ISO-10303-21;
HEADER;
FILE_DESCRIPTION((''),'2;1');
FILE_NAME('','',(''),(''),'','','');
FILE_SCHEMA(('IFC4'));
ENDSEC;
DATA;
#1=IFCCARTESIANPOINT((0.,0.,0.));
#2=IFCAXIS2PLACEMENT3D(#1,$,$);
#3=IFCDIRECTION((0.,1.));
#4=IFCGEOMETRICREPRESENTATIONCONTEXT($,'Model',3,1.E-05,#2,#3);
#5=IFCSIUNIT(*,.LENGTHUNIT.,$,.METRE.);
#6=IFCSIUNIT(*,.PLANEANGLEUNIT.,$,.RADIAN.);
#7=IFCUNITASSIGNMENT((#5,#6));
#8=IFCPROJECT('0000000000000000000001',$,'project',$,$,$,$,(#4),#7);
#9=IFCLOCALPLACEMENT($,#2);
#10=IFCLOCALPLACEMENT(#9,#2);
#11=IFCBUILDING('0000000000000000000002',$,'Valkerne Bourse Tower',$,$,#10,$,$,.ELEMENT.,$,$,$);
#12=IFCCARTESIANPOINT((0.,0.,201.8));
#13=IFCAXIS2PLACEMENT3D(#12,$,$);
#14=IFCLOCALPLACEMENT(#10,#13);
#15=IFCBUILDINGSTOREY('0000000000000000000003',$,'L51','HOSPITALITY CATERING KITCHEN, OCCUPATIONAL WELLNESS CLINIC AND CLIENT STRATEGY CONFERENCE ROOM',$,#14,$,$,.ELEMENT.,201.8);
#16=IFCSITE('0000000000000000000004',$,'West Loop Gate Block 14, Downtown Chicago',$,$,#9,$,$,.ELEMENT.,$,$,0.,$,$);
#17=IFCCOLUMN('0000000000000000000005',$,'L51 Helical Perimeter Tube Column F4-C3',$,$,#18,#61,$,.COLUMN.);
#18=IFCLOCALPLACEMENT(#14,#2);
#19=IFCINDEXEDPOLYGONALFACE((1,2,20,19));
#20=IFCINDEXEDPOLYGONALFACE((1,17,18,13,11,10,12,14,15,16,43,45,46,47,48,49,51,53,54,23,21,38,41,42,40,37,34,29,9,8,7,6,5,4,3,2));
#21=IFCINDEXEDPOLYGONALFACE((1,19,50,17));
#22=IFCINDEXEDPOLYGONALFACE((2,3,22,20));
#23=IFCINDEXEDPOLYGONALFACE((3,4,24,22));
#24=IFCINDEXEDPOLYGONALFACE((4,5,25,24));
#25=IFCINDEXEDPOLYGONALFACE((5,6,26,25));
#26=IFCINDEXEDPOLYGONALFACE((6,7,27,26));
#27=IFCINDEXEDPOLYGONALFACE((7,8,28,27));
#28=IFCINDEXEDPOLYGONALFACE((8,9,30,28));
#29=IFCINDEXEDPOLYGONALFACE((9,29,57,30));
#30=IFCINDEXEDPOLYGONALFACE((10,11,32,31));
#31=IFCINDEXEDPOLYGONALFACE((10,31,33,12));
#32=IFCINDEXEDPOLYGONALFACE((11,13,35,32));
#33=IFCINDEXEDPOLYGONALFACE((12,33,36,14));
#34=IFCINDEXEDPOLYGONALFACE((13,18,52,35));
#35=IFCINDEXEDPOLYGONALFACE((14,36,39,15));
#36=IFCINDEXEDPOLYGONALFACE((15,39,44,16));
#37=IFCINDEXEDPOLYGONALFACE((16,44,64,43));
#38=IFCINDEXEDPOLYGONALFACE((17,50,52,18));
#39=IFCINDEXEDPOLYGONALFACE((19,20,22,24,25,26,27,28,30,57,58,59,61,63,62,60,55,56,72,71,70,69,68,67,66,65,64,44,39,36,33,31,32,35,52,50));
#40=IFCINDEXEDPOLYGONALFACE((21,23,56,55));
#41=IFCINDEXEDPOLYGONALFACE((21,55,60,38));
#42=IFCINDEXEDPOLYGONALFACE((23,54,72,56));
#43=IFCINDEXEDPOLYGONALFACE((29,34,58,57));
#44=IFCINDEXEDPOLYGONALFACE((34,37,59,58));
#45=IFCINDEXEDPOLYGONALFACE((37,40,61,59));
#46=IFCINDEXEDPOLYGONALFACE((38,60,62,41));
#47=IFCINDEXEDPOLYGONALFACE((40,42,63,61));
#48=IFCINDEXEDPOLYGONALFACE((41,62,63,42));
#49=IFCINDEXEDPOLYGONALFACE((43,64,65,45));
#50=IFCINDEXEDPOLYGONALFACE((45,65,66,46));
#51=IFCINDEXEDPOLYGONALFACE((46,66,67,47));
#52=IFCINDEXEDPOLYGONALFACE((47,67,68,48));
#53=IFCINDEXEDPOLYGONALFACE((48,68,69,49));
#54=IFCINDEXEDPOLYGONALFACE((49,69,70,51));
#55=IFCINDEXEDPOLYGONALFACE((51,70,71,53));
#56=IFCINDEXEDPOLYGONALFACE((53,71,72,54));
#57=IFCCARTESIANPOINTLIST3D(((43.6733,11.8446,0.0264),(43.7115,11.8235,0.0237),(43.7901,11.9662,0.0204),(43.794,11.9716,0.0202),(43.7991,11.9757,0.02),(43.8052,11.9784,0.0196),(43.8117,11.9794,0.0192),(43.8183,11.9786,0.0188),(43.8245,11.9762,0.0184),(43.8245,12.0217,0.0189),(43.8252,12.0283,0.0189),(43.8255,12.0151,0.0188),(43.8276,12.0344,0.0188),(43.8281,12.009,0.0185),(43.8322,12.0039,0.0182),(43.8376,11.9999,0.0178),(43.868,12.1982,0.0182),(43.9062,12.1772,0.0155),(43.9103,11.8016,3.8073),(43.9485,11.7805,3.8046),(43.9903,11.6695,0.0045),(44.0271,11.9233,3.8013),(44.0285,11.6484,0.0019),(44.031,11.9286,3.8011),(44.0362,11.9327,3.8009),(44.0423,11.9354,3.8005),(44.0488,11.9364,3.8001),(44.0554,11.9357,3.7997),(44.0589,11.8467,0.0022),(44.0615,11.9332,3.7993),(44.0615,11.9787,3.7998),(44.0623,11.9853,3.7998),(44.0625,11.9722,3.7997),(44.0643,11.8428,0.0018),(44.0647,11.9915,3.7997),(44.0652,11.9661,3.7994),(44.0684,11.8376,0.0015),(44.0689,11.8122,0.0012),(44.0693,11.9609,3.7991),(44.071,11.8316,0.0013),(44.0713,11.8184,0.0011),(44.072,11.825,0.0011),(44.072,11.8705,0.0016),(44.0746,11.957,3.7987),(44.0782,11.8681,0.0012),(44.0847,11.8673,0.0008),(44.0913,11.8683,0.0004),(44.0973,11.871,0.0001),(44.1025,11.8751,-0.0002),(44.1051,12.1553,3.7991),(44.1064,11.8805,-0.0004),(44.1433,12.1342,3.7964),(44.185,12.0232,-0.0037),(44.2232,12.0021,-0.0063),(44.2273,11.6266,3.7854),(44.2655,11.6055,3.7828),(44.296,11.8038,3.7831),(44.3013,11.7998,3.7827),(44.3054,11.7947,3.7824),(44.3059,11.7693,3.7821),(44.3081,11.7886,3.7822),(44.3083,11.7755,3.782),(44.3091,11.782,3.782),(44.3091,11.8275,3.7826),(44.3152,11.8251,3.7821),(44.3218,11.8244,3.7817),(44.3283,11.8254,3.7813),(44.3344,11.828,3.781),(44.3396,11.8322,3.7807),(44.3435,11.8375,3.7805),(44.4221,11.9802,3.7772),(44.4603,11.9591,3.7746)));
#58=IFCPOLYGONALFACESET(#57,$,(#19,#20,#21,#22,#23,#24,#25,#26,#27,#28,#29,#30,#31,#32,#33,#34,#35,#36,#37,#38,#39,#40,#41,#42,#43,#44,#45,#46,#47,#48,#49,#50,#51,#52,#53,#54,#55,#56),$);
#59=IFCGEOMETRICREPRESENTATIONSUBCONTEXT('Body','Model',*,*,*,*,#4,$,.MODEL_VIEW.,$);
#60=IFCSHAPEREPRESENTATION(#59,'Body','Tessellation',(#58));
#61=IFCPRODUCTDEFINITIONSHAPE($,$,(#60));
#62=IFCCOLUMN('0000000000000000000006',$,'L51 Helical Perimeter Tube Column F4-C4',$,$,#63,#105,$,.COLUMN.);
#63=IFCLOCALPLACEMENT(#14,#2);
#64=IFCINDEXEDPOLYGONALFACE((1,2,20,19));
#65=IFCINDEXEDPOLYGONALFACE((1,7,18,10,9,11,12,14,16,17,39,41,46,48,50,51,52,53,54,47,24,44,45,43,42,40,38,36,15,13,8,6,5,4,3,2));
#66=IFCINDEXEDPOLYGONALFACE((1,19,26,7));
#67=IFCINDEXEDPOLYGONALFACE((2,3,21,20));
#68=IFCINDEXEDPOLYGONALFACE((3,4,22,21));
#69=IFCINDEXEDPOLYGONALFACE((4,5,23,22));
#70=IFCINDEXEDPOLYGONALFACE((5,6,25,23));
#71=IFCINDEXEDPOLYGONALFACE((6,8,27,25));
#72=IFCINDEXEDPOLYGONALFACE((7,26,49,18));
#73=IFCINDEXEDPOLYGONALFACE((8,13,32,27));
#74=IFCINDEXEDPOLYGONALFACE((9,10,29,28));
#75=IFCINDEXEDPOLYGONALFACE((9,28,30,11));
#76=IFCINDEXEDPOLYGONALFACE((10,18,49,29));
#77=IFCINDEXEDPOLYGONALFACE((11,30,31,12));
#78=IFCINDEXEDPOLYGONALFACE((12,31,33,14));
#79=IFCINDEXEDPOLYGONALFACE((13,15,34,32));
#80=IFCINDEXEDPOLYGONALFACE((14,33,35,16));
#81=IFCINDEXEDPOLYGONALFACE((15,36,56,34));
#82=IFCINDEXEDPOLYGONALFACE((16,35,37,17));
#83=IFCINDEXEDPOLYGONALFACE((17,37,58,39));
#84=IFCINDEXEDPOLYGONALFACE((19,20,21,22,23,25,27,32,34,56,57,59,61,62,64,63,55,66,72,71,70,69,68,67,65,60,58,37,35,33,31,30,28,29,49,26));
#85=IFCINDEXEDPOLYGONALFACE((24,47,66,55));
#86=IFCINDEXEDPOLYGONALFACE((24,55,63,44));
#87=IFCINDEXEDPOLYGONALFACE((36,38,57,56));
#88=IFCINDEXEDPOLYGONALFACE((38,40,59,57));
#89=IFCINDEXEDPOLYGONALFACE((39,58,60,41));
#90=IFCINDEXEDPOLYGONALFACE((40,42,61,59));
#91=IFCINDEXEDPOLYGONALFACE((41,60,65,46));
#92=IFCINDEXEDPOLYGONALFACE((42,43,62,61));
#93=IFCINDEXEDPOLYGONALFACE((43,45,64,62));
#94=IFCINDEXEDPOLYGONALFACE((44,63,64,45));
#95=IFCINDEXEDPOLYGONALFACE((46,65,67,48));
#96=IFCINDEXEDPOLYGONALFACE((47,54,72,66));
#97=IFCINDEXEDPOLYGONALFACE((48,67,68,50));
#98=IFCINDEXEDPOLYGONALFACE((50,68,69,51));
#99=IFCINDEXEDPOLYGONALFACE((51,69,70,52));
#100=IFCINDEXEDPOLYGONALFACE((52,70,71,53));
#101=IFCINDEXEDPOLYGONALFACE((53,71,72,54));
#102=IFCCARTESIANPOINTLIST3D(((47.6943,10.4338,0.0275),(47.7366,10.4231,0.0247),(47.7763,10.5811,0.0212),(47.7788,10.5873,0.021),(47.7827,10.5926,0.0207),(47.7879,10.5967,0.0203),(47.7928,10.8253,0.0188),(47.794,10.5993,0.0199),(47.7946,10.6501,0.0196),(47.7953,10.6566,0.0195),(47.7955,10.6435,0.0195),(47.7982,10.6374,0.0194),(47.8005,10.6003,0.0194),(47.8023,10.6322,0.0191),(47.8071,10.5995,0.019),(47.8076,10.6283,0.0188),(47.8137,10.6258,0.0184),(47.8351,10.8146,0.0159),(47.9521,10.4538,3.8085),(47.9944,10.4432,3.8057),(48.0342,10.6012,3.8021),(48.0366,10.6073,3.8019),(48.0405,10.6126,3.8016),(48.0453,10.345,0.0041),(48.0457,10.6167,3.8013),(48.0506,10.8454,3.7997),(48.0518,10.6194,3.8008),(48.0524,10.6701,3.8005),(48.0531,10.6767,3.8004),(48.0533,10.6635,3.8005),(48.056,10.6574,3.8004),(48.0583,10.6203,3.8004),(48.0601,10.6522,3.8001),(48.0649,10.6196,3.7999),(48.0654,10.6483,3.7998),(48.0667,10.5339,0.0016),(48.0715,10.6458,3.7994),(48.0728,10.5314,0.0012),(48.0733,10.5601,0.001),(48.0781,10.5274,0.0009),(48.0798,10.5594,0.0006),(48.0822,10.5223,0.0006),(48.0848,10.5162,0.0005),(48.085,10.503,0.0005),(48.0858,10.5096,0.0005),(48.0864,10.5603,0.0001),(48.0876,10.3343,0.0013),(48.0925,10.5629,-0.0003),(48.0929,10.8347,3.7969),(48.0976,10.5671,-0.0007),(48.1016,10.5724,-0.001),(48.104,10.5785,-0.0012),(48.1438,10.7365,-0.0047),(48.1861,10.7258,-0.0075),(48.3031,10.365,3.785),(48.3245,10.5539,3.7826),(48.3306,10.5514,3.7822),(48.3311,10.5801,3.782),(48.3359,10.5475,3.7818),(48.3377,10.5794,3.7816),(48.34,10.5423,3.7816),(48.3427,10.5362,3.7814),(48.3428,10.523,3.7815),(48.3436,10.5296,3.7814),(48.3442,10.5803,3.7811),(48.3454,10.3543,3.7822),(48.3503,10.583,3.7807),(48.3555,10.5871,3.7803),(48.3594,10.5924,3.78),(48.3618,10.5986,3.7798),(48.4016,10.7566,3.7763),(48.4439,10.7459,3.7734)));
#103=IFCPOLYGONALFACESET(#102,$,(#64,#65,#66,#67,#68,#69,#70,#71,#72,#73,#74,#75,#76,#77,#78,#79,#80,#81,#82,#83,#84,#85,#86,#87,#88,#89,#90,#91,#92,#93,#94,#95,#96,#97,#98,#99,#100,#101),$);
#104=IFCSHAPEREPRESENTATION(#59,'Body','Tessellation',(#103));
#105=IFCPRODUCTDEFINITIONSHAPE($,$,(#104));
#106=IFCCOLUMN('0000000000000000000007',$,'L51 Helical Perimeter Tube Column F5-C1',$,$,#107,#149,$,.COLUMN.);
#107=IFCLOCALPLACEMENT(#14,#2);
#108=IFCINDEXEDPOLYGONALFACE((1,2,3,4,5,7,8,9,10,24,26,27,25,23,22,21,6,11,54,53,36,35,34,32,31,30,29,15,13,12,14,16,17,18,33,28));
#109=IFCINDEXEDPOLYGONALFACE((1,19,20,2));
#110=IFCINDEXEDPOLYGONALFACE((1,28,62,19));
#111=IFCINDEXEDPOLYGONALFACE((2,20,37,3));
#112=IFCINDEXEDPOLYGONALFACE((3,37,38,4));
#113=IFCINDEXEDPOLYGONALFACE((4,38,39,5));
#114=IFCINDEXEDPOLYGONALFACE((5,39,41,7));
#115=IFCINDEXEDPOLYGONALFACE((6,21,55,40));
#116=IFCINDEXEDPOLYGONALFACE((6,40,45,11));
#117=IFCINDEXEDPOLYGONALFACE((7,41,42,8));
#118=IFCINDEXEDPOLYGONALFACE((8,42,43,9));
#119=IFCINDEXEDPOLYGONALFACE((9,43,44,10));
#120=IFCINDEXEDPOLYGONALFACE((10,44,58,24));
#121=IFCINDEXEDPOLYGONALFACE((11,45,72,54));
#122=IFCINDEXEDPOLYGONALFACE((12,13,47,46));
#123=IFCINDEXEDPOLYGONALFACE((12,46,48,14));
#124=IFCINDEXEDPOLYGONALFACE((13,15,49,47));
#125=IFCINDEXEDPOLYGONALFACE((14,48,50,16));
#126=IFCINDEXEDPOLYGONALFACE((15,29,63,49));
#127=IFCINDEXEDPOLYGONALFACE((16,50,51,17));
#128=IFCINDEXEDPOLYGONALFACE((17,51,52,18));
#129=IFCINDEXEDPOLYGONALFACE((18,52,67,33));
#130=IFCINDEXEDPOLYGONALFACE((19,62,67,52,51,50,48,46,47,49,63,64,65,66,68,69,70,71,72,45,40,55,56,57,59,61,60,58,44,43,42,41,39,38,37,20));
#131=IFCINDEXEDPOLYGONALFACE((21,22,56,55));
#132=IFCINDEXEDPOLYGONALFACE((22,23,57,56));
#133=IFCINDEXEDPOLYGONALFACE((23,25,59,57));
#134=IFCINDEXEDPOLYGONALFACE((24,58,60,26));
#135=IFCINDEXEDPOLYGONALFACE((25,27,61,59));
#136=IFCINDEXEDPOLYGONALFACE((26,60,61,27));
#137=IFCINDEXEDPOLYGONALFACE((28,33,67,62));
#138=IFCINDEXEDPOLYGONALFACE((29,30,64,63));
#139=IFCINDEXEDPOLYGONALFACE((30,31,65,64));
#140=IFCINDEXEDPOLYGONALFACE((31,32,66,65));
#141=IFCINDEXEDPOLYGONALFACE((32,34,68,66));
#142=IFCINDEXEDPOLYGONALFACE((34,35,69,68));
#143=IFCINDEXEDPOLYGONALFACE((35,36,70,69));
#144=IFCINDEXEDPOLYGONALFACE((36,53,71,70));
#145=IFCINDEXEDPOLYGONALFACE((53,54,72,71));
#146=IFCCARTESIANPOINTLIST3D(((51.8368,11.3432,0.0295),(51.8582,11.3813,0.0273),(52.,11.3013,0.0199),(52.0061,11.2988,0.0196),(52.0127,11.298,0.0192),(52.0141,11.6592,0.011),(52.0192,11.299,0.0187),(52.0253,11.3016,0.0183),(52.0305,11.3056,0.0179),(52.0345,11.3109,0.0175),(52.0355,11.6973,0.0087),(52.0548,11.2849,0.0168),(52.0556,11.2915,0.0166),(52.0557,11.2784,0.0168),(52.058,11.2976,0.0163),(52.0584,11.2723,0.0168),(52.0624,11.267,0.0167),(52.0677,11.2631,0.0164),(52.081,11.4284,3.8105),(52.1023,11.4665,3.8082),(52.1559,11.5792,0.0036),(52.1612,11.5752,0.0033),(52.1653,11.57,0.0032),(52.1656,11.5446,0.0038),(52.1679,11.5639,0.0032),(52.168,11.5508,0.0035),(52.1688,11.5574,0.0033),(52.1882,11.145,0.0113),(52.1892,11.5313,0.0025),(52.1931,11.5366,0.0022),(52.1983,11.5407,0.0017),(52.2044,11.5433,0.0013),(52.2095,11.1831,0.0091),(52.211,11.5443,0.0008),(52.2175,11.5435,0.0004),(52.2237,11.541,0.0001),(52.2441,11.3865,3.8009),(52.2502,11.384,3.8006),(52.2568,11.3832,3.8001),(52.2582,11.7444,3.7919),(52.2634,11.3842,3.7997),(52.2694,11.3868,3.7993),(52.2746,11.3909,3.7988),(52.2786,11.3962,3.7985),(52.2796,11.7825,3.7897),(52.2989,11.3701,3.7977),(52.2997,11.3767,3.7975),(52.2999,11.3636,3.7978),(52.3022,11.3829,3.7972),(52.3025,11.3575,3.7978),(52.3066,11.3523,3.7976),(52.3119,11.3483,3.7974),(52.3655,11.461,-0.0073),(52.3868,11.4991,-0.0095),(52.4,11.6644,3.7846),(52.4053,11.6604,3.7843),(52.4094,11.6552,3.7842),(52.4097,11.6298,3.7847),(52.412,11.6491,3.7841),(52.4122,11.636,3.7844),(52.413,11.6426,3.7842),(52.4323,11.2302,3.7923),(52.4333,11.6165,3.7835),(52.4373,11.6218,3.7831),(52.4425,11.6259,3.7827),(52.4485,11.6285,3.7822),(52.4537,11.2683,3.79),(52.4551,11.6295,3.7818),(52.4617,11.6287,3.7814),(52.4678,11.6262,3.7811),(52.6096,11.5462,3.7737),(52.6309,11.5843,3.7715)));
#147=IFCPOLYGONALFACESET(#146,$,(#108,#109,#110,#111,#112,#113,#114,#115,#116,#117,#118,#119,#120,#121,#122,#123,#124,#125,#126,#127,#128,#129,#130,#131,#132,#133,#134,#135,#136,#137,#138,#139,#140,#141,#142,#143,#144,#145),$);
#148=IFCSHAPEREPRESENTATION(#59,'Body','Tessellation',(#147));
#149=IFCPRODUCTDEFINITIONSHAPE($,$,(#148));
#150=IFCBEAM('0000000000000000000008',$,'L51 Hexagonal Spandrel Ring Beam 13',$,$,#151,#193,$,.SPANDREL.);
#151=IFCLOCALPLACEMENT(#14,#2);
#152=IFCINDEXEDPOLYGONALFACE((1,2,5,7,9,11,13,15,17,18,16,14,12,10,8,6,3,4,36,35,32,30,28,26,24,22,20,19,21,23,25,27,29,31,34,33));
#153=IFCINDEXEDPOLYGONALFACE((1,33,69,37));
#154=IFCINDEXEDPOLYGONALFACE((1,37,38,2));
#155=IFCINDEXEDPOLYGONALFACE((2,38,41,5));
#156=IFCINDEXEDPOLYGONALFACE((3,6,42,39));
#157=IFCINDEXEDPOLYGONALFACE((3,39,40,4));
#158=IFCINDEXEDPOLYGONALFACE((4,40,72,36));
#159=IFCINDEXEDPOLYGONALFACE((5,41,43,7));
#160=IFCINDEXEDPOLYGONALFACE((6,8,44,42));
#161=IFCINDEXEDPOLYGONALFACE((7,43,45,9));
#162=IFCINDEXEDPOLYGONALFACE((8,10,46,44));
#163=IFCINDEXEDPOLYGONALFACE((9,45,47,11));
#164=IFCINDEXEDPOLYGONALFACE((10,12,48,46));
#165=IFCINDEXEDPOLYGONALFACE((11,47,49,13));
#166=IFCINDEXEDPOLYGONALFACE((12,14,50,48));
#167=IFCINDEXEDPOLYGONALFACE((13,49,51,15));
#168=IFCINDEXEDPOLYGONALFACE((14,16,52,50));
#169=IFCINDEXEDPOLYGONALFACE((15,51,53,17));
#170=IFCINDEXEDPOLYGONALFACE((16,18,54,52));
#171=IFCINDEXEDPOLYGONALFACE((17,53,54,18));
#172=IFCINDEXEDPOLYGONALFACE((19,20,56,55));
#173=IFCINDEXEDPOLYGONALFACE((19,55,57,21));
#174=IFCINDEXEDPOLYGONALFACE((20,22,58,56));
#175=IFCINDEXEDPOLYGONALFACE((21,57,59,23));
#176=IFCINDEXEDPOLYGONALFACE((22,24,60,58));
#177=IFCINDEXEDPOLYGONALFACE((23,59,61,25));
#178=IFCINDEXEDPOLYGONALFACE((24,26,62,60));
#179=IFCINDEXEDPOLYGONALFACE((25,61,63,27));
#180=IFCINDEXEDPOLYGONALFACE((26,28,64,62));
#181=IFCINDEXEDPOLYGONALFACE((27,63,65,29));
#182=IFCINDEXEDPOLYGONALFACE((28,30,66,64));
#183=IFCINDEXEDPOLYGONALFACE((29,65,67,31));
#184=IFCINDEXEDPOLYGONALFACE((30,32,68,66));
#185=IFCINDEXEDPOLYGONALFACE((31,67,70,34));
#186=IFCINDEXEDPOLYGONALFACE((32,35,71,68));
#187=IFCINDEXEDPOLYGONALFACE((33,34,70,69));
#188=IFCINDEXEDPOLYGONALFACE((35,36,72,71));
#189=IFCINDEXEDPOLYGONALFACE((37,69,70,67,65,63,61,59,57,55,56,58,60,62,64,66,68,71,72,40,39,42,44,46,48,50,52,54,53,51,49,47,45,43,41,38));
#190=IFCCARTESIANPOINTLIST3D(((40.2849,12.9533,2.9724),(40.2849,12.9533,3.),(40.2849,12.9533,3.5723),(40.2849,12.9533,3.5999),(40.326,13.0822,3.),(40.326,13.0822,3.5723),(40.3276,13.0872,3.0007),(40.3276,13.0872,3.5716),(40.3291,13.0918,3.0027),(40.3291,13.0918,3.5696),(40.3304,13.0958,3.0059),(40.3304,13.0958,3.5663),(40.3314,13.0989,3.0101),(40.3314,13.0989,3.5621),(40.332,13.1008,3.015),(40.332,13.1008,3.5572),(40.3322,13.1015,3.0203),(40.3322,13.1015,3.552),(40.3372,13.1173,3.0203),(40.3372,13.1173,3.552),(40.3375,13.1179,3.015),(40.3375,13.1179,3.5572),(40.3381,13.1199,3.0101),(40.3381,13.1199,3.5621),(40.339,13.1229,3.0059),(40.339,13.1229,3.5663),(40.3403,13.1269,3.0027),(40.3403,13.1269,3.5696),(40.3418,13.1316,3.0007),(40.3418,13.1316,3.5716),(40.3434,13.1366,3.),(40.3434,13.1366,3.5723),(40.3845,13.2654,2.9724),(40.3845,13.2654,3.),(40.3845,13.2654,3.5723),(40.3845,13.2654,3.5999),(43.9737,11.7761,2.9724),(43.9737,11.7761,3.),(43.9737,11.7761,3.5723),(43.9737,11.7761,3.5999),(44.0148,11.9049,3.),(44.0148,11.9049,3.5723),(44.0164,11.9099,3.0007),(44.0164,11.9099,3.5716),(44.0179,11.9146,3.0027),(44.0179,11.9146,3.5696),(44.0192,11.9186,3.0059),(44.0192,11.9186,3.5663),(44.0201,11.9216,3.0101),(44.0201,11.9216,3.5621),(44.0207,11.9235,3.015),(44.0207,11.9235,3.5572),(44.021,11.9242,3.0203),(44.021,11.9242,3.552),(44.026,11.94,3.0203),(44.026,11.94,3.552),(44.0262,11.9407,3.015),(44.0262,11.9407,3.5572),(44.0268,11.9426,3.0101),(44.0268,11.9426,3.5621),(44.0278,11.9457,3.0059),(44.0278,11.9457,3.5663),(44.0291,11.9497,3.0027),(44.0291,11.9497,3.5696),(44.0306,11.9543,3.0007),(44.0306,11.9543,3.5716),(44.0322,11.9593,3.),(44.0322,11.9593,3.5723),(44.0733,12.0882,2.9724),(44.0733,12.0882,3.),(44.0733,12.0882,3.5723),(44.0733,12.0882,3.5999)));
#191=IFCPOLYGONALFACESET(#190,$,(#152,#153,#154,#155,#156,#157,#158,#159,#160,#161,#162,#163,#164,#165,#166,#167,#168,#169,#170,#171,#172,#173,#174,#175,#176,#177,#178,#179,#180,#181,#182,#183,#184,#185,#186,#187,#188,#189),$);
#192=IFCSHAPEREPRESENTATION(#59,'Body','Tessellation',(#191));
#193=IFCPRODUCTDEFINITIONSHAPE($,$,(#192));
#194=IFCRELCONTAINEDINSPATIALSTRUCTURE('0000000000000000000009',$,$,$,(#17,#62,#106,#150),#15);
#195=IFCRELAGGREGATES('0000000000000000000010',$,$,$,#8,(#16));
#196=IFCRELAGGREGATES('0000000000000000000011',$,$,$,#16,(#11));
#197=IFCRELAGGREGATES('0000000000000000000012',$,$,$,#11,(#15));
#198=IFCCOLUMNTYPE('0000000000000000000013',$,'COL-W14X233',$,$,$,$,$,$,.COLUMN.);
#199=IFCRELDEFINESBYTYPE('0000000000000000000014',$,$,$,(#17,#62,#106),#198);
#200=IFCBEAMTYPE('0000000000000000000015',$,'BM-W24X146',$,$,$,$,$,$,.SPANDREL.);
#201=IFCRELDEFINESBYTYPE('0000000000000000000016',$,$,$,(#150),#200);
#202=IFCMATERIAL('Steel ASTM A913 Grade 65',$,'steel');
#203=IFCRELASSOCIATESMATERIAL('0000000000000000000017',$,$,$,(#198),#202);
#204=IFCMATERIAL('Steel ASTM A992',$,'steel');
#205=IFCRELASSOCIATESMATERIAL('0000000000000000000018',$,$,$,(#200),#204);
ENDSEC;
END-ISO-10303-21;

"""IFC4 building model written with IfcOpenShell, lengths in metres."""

from ifc_helpers import new_model, si_unit, direction, frame, origin, origin_2d, place, context, subcontext, project, spatial, i_section, extrude, material, material_profile, profile_set, type_object, element, save


model = new_model("IFC4")

# Units and contexts
model_context = context("Model", 3, precision=1e-05, world=origin(), true_north=direction((0.0, 1.0)))
body_context = subcontext(model_context, "Body", "Model", "MODEL_VIEW")
ifc_project = project(units=[si_unit("LENGTHUNIT", "METRE"), si_unit("PLANEANGLEUNIT", "RADIAN")], contexts=[model_context])

# Site, building, storey
site_placement = place(None, origin())
site = spatial("IfcSite", under=ifc_project, at=site_placement, Name="West Loop Gate Block 14, Downtown Chicago", CompositionType="ELEMENT", RefElevation=0.0)
building_placement = place(site_placement, origin())
building = spatial("IfcBuilding", under=site, at=building_placement, Name="Valkerne Bourse Tower", CompositionType="ELEMENT")
storey_placement = place(building_placement, frame((0.0, 0.0, 201.8)))
storey = spatial("IfcBuildingStorey", under=building, at=storey_placement, Name="L51", Description="HOSPITALITY CATERING KITCHEN, OCCUPATIONAL WELLNESS CLINIC AND CLIENT STRATEGY CONFERENCE ROOM", CompositionType="ELEMENT", Elevation=201.8)

# Columns
ifc_material_1 = material(Name="Steel ASTM A913 Grade 65", Category="steel")
ifc_material_profile_1 = material_profile(ifc_material_1, i_section(OverallWidth=0.4038, OverallDepth=0.4065, WebThickness=0.0271, FlangeThickness=0.0437, FilletRadius=0.0254, at=origin_2d()), Name="W14X233")
ifc_profile_set_1 = profile_set([ifc_material_profile_1], Name="Steel ASTM A913 Grade 65")
column_type = type_object("IfcColumnType", Name="COL-W14X233", PredefinedType="COLUMN", material=ifc_profile_set_1)
column_placement = place(storey_placement, frame((43.9482, 11.9233, 0.01), z_axis=(0.062571, -0.011341, 0.997976), x_axis=(0.482245, 0.875802, -0.020283)))
element("IfcColumn", 1, at=column_placement, inside=storey, type_object=column_type, Name="L51 Helical Perimeter Tube Column F4-C3", PredefinedType="COLUMN", context=body_context, shape_type="SweptSolid", body=[
    extrude(i_section(OverallWidth=0.4038, OverallDepth=0.4065, WebThickness=0.0271, FlangeThickness=0.0437, FilletRadius=0.0254, at=origin_2d()), origin(), (0.0, 0.0, 1.0), 3.7886),
])
for number, where, z_axis, x_axis, name in (
    (2, (47.9402, 10.5798, 0.01), (0.068027, 0.005282, 0.997669), (0.243886, 0.96956, -0.021763), "L51 Helical Perimeter Tube Column F4-C4"),
    (3, (52.1118, 11.4211, 0.01), (0.06442, 0.022483, 0.99767), (-0.870093, 0.490819, 0.045122), "L51 Helical Perimeter Tube Column F5-C1"),
):
    element("IfcColumn", number, at=place(storey_placement, frame(where, z_axis=z_axis, x_axis=x_axis)), inside=storey, type_object=column_type, Name=name, PredefinedType="COLUMN", context=body_context, shape_type="SweptSolid", body=[
        extrude(i_section(OverallWidth=0.4038, OverallDepth=0.4065, WebThickness=0.0271, FlangeThickness=0.0437, FilletRadius=0.0254, at=origin_2d()), origin(), (0.0, 0.0, 1.0), 3.7898),
    ])

# Beam
ifc_material_2 = material(Name="Steel ASTM A992", Category="steel")
ifc_material_profile_2 = material_profile(ifc_material_2, i_section(OverallWidth=0.3276, OverallDepth=0.6274, WebThickness=0.0166, FlangeThickness=0.0276, FilletRadius=0.0203, at=origin_2d()), Name="W24X146")
ifc_profile_set_2 = profile_set([ifc_material_profile_2], Name="Steel ASTM A992")
beam_type_1 = type_object("IfcBeamType", Name="BM-W24X146", PredefinedType="SPANDREL", material=ifc_profile_set_2)
beam_1_placement = place(storey_placement, frame((40.3347, 13.1094, 3.2861), z_axis=(0.95266, -0.304039, 0.0), x_axis=(0.304039, 0.95266, 0.0)))
element("IfcBeam", 4, at=beam_1_placement, inside=storey, type_object=beam_type_1, Name="L51 Hexagonal Spandrel Ring Beam 13", PredefinedType="SPANDREL", context=body_context, shape_type="SweptSolid", body=[
    extrude(i_section(OverallWidth=0.3276, OverallDepth=0.6274, WebThickness=0.0166, FlangeThickness=0.0276, FilletRadius=0.0203, at=origin_2d()), origin(), (0.0, 0.0, 1.0), 3.8721),
])

save(model, "model.ifc")
